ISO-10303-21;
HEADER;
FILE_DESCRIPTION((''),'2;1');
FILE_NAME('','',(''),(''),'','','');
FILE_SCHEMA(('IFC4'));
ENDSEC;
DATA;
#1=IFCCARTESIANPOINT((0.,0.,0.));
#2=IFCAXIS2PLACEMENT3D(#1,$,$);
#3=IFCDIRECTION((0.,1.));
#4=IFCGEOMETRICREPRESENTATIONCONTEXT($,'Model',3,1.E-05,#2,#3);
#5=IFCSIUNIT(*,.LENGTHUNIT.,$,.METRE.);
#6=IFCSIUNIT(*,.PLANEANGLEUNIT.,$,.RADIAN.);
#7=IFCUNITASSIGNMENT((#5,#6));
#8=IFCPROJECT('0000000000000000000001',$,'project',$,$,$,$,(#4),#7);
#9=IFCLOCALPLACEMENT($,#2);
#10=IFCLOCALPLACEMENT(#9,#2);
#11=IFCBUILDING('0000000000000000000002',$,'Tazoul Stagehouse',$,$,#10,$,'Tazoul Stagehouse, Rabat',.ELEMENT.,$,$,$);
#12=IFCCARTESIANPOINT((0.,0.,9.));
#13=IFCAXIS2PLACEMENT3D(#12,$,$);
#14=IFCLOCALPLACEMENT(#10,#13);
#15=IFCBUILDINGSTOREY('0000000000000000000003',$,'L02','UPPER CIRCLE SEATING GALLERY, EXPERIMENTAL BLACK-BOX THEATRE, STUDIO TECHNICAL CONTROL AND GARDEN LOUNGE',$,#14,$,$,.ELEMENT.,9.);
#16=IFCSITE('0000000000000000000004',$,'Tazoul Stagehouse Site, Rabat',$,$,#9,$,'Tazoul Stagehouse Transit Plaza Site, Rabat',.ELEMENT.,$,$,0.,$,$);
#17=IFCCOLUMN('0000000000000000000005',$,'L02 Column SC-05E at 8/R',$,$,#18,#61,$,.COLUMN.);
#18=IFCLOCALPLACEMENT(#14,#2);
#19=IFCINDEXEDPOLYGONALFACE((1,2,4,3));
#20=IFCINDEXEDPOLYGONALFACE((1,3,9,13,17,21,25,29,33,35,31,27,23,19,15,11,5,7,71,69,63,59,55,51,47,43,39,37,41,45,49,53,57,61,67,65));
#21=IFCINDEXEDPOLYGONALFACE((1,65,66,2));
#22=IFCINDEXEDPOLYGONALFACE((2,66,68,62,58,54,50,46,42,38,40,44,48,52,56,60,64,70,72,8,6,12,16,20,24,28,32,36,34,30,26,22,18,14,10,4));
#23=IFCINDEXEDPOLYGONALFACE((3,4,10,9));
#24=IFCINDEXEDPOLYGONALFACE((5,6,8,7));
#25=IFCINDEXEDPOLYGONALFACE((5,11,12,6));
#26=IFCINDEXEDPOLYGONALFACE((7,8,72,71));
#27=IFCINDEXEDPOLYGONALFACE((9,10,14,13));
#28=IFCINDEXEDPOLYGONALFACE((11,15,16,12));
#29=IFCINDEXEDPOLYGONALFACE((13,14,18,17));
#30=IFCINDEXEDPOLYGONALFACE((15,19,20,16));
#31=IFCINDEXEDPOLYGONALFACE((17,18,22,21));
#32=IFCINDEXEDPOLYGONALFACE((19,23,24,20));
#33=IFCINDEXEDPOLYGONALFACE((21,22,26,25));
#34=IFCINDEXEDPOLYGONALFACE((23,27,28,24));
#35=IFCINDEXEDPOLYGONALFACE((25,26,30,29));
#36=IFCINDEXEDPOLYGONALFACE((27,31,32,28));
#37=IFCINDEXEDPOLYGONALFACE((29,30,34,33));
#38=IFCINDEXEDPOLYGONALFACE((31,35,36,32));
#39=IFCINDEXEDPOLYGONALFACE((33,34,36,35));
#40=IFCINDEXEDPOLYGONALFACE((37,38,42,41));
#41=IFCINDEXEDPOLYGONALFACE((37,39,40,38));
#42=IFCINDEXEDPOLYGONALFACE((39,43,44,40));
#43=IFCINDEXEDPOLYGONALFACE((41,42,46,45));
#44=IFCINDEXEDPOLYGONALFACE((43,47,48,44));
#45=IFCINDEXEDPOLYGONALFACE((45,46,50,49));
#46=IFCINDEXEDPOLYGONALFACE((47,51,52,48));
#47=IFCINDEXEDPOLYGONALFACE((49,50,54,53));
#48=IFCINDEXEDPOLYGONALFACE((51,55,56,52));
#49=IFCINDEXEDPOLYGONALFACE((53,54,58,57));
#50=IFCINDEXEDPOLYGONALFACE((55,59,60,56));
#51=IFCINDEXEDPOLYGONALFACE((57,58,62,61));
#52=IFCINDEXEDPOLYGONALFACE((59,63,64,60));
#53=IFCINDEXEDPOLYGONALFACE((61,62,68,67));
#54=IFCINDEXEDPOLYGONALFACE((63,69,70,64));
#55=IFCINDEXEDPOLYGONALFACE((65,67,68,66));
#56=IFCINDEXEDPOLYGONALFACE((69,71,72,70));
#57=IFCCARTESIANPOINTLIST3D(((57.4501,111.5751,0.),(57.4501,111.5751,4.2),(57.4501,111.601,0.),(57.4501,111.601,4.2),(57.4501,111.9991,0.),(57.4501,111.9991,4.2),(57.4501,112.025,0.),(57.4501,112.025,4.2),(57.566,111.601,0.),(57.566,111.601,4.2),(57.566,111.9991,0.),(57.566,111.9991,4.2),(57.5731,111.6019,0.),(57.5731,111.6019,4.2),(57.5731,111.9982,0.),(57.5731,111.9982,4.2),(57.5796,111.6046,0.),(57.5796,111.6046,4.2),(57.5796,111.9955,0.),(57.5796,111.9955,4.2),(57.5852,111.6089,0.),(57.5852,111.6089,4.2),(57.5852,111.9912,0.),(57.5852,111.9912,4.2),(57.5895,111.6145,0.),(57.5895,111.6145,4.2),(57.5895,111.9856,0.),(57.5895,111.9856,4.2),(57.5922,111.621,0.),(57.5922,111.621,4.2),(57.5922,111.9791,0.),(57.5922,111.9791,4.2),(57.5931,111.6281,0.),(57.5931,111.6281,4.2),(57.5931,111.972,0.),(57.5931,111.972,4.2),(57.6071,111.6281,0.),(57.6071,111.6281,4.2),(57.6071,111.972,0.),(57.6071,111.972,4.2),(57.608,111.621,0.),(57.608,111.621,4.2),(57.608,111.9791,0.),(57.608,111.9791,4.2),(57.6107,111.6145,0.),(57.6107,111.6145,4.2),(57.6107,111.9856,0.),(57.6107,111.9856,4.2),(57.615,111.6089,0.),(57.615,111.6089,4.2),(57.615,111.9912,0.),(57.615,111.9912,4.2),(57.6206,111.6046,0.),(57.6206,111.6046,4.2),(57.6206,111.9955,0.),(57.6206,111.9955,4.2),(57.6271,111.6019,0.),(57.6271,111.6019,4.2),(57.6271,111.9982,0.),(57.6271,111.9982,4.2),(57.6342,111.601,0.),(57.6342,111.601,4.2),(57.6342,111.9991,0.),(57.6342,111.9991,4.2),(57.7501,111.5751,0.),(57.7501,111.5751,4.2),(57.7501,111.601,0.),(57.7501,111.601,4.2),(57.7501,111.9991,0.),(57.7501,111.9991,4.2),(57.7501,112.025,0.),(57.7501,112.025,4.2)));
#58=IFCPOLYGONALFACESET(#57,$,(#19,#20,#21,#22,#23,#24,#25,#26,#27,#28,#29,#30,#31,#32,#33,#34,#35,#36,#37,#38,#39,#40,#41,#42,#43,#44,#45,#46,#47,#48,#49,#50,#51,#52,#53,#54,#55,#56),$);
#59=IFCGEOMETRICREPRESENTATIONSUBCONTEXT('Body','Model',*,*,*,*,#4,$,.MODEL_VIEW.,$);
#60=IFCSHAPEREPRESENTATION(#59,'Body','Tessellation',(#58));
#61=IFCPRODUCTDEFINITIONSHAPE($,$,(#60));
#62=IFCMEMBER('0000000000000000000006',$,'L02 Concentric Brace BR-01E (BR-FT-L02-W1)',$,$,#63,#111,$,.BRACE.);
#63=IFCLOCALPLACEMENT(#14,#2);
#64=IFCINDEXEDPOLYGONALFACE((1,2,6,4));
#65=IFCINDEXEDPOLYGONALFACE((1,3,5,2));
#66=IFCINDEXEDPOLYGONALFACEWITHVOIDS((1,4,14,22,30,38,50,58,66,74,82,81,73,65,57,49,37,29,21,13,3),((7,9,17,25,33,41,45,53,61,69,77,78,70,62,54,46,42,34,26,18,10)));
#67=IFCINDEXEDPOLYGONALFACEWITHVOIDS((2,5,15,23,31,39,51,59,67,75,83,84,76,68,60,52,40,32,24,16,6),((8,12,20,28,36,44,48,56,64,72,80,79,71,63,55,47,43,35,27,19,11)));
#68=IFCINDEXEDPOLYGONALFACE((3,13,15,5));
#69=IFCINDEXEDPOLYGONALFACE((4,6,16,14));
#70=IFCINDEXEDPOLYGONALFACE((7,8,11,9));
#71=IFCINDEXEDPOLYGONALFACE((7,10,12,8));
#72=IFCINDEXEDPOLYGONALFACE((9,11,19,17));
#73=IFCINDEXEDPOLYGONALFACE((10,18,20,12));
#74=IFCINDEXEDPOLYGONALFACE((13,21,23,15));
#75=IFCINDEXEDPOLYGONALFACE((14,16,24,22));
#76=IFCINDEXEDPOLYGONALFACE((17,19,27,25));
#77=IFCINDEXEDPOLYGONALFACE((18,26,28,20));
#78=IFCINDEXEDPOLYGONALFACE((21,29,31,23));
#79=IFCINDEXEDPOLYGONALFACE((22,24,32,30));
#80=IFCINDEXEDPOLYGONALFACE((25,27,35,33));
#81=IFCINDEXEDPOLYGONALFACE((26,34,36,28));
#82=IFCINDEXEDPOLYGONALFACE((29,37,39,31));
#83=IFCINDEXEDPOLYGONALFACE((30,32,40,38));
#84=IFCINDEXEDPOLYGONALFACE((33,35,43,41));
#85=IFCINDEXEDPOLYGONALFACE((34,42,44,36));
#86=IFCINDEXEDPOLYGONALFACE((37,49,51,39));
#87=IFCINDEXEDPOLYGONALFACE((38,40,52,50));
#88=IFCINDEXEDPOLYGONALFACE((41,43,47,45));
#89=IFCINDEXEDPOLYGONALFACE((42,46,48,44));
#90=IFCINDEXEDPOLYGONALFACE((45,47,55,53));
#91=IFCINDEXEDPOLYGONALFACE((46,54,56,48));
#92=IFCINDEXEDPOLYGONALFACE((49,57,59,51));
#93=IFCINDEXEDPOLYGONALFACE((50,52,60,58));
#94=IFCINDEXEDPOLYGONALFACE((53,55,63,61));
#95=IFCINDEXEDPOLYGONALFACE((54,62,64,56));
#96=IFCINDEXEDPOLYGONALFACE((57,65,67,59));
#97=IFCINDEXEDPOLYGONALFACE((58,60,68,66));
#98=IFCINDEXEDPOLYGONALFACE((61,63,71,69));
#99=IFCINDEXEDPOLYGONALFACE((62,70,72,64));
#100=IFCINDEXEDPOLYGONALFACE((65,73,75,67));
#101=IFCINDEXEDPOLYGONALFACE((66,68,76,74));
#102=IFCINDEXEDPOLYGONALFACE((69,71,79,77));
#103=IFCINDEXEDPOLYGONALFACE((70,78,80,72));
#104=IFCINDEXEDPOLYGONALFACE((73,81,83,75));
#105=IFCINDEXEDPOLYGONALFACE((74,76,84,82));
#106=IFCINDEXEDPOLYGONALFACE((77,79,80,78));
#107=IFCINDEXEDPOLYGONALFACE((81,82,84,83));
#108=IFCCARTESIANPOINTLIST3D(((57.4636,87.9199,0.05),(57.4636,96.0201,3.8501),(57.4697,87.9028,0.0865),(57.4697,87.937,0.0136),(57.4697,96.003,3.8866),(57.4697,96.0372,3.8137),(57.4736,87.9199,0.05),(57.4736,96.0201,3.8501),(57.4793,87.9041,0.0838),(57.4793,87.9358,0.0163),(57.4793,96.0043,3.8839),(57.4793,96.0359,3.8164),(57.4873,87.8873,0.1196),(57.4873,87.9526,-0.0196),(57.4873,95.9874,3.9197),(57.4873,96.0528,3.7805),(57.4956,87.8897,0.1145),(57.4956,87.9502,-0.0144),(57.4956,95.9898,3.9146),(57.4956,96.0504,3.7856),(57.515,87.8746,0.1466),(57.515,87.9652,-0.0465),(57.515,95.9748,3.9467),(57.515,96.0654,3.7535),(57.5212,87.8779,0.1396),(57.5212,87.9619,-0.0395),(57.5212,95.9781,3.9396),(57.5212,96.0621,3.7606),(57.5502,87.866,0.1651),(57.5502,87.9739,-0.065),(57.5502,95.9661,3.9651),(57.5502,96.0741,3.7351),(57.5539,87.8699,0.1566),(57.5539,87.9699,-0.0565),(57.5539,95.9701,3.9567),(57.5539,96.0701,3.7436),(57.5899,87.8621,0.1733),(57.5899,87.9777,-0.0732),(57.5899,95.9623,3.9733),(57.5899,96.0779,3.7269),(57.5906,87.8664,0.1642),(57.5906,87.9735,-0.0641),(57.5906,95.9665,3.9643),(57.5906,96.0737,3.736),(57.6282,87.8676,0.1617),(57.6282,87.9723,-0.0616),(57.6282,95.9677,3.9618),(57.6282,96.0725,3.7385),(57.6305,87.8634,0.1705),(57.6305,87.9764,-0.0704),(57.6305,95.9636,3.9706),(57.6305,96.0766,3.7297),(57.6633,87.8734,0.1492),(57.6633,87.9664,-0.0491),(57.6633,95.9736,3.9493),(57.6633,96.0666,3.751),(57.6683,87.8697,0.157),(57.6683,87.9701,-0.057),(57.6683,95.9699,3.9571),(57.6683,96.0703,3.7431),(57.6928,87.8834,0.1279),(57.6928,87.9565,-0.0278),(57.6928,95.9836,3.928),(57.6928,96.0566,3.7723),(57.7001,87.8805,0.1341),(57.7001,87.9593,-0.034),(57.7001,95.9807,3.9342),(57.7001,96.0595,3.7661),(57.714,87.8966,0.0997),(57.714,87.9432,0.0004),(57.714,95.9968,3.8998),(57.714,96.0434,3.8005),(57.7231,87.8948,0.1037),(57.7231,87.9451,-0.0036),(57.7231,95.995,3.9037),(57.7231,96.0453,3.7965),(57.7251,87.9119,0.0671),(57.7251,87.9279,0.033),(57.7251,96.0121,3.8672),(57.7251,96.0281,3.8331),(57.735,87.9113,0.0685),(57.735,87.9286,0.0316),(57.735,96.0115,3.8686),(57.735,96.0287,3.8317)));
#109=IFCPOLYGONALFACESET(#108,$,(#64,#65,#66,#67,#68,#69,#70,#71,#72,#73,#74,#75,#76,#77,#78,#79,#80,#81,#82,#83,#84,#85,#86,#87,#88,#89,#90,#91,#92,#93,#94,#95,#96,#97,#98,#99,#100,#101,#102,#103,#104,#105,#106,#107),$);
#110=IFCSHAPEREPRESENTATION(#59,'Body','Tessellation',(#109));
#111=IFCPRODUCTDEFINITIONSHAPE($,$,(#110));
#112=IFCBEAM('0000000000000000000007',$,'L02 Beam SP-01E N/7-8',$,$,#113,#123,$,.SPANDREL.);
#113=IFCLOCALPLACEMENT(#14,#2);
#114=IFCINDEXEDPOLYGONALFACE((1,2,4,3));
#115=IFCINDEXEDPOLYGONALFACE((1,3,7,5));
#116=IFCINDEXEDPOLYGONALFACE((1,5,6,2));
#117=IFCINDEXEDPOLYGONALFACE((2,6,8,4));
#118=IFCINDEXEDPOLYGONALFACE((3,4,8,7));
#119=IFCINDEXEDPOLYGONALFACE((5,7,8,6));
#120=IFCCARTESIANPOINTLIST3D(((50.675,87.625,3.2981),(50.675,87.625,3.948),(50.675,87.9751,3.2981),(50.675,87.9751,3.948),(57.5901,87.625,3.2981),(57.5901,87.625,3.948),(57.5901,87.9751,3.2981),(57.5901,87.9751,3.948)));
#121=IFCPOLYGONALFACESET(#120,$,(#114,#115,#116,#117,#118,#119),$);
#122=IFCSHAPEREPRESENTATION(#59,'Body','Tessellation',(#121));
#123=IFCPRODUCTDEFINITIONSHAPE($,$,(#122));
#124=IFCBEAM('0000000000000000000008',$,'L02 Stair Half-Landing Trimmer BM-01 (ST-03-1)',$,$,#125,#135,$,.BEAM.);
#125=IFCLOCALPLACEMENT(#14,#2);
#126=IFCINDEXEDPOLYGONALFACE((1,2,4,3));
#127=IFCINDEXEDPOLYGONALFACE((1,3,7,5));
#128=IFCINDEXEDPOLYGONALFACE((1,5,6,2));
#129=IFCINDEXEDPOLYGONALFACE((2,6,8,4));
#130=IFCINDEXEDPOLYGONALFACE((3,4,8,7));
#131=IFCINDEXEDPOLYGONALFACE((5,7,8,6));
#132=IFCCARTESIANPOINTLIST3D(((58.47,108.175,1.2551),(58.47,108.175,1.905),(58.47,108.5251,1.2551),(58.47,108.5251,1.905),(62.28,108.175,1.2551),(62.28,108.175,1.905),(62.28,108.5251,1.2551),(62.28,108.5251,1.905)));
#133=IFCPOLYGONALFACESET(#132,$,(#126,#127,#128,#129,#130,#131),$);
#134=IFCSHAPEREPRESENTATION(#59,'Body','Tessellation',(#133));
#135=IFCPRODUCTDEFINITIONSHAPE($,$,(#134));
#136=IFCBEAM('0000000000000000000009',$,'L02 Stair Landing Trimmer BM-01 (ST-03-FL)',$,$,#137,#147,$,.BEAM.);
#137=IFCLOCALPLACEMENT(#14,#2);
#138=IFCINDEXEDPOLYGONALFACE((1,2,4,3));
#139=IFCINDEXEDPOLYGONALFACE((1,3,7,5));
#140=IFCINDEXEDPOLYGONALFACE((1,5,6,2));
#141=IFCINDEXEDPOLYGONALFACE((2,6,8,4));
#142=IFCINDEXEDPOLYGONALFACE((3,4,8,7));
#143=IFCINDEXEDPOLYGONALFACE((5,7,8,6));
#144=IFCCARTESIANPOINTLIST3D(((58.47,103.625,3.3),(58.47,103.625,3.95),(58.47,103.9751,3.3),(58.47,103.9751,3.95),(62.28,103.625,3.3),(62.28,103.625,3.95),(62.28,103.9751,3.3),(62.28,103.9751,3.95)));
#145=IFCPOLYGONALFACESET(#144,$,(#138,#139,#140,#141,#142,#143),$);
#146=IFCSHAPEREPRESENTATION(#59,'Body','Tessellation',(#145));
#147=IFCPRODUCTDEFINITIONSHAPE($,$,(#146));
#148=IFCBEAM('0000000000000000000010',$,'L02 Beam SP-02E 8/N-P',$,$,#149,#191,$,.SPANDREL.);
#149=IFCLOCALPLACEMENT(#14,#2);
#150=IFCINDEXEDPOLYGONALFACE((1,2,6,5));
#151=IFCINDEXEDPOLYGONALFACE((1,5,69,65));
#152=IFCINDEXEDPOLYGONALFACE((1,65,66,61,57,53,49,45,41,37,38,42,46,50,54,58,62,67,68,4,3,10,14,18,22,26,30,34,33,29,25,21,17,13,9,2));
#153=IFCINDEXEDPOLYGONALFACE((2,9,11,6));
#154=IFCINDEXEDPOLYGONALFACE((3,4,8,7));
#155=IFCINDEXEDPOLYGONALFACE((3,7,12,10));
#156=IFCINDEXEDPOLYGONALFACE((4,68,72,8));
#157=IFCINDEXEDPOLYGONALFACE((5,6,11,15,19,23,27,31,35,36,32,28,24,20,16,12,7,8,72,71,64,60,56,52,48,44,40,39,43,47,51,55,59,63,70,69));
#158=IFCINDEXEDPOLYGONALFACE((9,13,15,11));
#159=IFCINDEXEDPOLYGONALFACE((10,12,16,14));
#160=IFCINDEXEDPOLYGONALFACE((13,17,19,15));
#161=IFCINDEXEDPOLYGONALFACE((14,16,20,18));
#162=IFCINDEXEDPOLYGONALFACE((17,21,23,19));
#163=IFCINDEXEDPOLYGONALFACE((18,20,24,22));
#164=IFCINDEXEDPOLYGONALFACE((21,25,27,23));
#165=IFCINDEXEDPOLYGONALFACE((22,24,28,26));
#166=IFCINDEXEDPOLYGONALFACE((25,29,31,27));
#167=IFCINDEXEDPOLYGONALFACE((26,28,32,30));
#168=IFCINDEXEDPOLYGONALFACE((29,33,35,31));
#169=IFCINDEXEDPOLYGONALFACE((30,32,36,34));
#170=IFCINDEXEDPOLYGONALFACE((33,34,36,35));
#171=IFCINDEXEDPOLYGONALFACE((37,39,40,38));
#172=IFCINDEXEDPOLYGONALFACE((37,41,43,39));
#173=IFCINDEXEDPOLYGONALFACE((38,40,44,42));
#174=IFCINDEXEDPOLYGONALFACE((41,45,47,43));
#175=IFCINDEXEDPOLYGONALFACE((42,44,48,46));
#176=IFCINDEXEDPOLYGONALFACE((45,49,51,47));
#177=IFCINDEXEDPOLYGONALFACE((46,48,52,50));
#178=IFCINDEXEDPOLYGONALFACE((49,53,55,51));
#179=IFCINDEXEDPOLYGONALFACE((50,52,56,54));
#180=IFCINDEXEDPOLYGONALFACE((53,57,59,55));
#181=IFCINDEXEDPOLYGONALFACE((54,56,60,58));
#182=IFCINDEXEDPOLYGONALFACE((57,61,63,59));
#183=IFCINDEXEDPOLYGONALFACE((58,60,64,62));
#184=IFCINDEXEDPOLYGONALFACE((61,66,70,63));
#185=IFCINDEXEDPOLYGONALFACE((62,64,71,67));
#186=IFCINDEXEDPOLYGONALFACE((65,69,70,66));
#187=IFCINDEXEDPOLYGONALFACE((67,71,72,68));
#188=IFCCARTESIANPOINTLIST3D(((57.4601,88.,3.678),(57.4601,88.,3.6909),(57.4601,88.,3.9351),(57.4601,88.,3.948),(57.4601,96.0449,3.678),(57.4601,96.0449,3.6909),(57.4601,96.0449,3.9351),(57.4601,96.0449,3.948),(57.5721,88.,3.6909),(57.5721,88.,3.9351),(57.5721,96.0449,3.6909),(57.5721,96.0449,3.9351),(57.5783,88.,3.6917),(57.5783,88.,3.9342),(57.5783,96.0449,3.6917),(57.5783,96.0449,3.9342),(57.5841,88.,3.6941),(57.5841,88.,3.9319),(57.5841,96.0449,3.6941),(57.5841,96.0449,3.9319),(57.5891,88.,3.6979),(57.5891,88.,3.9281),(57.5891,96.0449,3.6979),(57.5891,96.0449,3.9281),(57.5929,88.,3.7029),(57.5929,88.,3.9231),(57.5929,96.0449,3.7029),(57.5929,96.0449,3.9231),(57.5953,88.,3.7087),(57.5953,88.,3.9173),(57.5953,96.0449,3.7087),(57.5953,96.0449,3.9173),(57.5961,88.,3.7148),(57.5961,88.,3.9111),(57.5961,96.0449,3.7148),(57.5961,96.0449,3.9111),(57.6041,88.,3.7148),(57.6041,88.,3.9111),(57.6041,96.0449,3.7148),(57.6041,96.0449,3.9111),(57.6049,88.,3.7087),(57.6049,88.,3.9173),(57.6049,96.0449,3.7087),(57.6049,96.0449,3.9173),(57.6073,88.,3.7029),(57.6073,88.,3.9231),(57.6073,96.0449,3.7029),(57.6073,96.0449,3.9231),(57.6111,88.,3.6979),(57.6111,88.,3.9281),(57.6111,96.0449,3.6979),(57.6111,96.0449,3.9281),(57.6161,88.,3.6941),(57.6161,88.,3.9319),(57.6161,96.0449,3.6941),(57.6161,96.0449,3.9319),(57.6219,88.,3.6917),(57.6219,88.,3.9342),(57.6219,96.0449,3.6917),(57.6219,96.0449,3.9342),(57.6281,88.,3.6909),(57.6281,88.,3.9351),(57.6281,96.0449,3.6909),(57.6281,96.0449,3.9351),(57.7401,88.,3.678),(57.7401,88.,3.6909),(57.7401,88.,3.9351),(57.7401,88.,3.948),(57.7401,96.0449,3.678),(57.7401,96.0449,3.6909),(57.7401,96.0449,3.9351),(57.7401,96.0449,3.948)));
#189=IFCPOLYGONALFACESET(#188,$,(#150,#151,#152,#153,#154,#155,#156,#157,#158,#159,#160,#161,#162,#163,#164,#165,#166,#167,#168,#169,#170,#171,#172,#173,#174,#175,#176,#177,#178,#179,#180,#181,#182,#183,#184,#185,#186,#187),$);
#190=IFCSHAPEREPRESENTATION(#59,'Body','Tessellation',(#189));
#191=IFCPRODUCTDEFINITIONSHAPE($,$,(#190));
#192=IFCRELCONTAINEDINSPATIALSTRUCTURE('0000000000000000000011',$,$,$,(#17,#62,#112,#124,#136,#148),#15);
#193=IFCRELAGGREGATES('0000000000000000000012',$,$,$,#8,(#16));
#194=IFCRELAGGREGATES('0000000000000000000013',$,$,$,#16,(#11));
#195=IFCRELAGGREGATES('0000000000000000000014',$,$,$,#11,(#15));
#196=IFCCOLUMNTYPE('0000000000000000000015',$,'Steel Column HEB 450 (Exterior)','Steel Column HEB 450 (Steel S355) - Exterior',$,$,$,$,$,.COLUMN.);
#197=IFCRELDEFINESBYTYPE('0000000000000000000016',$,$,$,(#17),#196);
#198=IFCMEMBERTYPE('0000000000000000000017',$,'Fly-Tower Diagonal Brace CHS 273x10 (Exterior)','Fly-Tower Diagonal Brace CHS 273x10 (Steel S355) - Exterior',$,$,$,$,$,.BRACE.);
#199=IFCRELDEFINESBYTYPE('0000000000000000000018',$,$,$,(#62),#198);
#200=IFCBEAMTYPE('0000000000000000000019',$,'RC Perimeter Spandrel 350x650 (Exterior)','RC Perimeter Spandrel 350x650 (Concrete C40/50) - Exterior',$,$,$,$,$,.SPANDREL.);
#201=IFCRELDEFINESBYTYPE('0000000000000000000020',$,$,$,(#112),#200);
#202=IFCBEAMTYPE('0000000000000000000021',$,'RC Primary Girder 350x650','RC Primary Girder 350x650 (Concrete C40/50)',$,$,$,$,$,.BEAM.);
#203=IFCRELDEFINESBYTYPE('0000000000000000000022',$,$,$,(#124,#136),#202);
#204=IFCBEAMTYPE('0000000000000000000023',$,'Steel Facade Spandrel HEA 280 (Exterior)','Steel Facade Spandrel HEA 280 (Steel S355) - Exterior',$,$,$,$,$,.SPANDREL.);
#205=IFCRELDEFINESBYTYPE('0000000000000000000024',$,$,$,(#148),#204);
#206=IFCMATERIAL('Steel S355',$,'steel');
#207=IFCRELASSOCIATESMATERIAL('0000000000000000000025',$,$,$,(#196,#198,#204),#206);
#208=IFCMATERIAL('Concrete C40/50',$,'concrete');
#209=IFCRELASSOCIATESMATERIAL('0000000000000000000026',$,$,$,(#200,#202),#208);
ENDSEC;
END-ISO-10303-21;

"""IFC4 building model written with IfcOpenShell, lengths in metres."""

from ifc_helpers import new_model, si_unit, direction, frame, origin, origin_2d, place, context, subcontext, project, spatial, rectangle, hollow_circle, i_section, extrude, material, material_profile, profile_set, type_object, element, save


model = new_model("IFC4")

# Units and contexts
model_context = context("Model", 3, precision=1e-05, world=origin(), true_north=direction((0.0, 1.0)))
body_context = subcontext(model_context, "Body", "Model", "MODEL_VIEW")
ifc_project = project(units=[si_unit("LENGTHUNIT", "METRE"), si_unit("PLANEANGLEUNIT", "RADIAN")], contexts=[model_context])

# Site, building, storey
site_placement = place(None, origin())
site = spatial("IfcSite", under=ifc_project, at=site_placement, Name="Tazoul Stagehouse Site, Rabat", LongName="Tazoul Stagehouse Transit Plaza Site, Rabat", CompositionType="ELEMENT", RefElevation=0.0)
building_placement = place(site_placement, origin())
building = spatial("IfcBuilding", under=site, at=building_placement, Name="Tazoul Stagehouse", LongName="Tazoul Stagehouse, Rabat", CompositionType="ELEMENT")
storey_placement = place(building_placement, frame((0.0, 0.0, 9.0)))
storey = spatial("IfcBuildingStorey", under=building, at=storey_placement, Name="L02", Description="UPPER CIRCLE SEATING GALLERY, EXPERIMENTAL BLACK-BOX THEATRE, STUDIO TECHNICAL CONTROL AND GARDEN LOUNGE", CompositionType="ELEMENT", Elevation=9.0)

# Column
ifc_material_1 = material(Name="Concrete C40/50", Category="concrete")
ifc_material_2 = material(Name="Steel S355", Category="steel")
ifc_material_profile_1 = material_profile(ifc_material_2, i_section(OverallWidth=0.3, OverallDepth=0.45, WebThickness=0.0139, FlangeThickness=0.0259, FilletRadius=0.0271, at=origin_2d()), Name="HEB 450")
ifc_profile_set_1 = profile_set([ifc_material_profile_1], Name="Steel S355")
column_type_1 = type_object("IfcColumnType", Name="Steel Column HEB 450 (Exterior)", Description="Steel Column HEB 450 (Steel S355) - Exterior", PredefinedType="COLUMN", material=ifc_profile_set_1)
for number, where, z_axis, x_axis, name in (
    (1, (57.6001, 111.8, 0.0), (0.0, 0.0, 1.0), (1.0, 0.0, 0.0), "L02 Column SC-05E at 8/R"),
):
    element("IfcColumn", number, at=place(storey_placement, frame(where, z_axis=z_axis, x_axis=x_axis)), inside=storey, type_object=column_type_1, Name=name, PredefinedType="COLUMN", context=body_context, shape_type="SweptSolid", body=[
        extrude(i_section(OverallWidth=0.3, OverallDepth=0.45, WebThickness=0.0139, FlangeThickness=0.0259, FilletRadius=0.0271, at=origin_2d()), origin(), (0.0, 0.0, 1.0), 4.2),
    ])

# Member
ifc_material_profile_2 = material_profile(ifc_material_2, hollow_circle(Radius=0.1365, WallThickness=0.01, at=origin_2d()), Name="CHS 273x10")
ifc_profile_set_2 = profile_set([ifc_material_profile_2], Name="Steel S355")
member_type = type_object("IfcMemberType", Name="Fly-Tower Diagonal Brace CHS 273x10 (Exterior)", Description="Fly-Tower Diagonal Brace CHS 273x10 (Steel S355) - Exterior", PredefinedType="BRACE", material=ifc_profile_set_2)
member_placement = place(storey_placement, frame((57.6001, 87.9199, 0.05), z_axis=(0.0, 0.905325, 0.42472), x_axis=(-1.0, 0.0, 0.0)))
element("IfcMember", 2, at=member_placement, inside=storey, type_object=member_type, Name="L02 Concentric Brace BR-01E (BR-FT-L02-W1)", PredefinedType="BRACE", context=body_context, shape_type="SweptSolid", body=[
    extrude(hollow_circle(Radius=0.1365, WallThickness=0.01, at=origin_2d()), origin(), (0.0, 0.0, 1.0), 8.9473),
])

# Beams
ifc_material_profile_3 = material_profile(ifc_material_1, rectangle(XDim=0.3501, YDim=0.6499, at=origin_2d()), Name="RC 350x650")
ifc_profile_set_3 = profile_set([ifc_material_profile_3], Name="Concrete C40/50")
beam_type_1 = type_object("IfcBeamType", Name="RC Perimeter Spandrel 350x650 (Exterior)", Description="RC Perimeter Spandrel 350x650 (Concrete C40/50) - Exterior", PredefinedType="SPANDREL", material=ifc_profile_set_3)
beam_1_placement = place(storey_placement, frame((50.675, 87.8, 3.623), z_axis=(1.0, 0.0, 0.0), x_axis=(0.0, 1.0, 0.0)))
element("IfcBeam", 3, at=beam_1_placement, inside=storey, type_object=beam_type_1, Name="L02 Beam SP-01E N/7-8", PredefinedType="SPANDREL", context=body_context, shape_type="SweptSolid", body=[
    extrude(rectangle(XDim=0.3501, YDim=0.6499, at=origin_2d()), origin(), (0.0, 0.0, 1.0), 6.915),
])
ifc_material_profile_4 = material_profile(ifc_material_1, rectangle(XDim=0.3501, YDim=0.6499, at=origin_2d()), Name="RC 350x650")
ifc_profile_set_4 = profile_set([ifc_material_profile_4], Name="Concrete C40/50")
beam_type_2 = type_object("IfcBeamType", Name="RC Primary Girder 350x650", Description="RC Primary Girder 350x650 (Concrete C40/50)", PredefinedType="BEAM", material=ifc_profile_set_4)
for number, where, z_axis, x_axis, name in (
    (4, (58.47, 108.3501, 1.5801), (1.0, 0.0, 0.0), (0.0, 1.0, 0.0), "L02 Stair Half-Landing Trimmer BM-01 (ST-03-1)"),
    (5, (58.47, 103.8, 3.625), (1.0, 0.0, 0.0), (0.0, 1.0, 0.0), "L02 Stair Landing Trimmer BM-01 (ST-03-FL)"),
):
    element("IfcBeam", number, at=place(storey_placement, frame(where, z_axis=z_axis, x_axis=x_axis)), inside=storey, type_object=beam_type_2, Name=name, PredefinedType="BEAM", context=body_context, shape_type="SweptSolid", body=[
        extrude(rectangle(XDim=0.3501, YDim=0.6499, at=origin_2d()), origin(), (0.0, 0.0, 1.0), 3.8101),
    ])
ifc_material_profile_5 = material_profile(ifc_material_2, i_section(OverallWidth=0.28, OverallDepth=0.27, WebThickness=0.0081, FlangeThickness=0.0129, FilletRadius=0.0239, at=origin_2d()), Name="HEA 280")
ifc_profile_set_5 = profile_set([ifc_material_profile_5], Name="Steel S355")
beam_type_3 = type_object("IfcBeamType", Name="Steel Facade Spandrel HEA 280 (Exterior)", Description="Steel Facade Spandrel HEA 280 (Steel S355) - Exterior", PredefinedType="SPANDREL", material=ifc_profile_set_5)
beam_2_placement = place(storey_placement, frame((57.6001, 88.0, 3.813), z_axis=(0.0, 1.0, 0.0), x_axis=(-1.0, 0.0, 0.0)))
element("IfcBeam", 6, at=beam_2_placement, inside=storey, type_object=beam_type_3, Name="L02 Beam SP-02E 8/N-P", PredefinedType="SPANDREL", context=body_context, shape_type="SweptSolid", body=[
    extrude(i_section(OverallWidth=0.28, OverallDepth=0.27, WebThickness=0.0081, FlangeThickness=0.0129, FilletRadius=0.0239, at=origin_2d()), origin(), (0.0, 0.0, 1.0), 8.0449),
])

save(model, "model.ifc")
